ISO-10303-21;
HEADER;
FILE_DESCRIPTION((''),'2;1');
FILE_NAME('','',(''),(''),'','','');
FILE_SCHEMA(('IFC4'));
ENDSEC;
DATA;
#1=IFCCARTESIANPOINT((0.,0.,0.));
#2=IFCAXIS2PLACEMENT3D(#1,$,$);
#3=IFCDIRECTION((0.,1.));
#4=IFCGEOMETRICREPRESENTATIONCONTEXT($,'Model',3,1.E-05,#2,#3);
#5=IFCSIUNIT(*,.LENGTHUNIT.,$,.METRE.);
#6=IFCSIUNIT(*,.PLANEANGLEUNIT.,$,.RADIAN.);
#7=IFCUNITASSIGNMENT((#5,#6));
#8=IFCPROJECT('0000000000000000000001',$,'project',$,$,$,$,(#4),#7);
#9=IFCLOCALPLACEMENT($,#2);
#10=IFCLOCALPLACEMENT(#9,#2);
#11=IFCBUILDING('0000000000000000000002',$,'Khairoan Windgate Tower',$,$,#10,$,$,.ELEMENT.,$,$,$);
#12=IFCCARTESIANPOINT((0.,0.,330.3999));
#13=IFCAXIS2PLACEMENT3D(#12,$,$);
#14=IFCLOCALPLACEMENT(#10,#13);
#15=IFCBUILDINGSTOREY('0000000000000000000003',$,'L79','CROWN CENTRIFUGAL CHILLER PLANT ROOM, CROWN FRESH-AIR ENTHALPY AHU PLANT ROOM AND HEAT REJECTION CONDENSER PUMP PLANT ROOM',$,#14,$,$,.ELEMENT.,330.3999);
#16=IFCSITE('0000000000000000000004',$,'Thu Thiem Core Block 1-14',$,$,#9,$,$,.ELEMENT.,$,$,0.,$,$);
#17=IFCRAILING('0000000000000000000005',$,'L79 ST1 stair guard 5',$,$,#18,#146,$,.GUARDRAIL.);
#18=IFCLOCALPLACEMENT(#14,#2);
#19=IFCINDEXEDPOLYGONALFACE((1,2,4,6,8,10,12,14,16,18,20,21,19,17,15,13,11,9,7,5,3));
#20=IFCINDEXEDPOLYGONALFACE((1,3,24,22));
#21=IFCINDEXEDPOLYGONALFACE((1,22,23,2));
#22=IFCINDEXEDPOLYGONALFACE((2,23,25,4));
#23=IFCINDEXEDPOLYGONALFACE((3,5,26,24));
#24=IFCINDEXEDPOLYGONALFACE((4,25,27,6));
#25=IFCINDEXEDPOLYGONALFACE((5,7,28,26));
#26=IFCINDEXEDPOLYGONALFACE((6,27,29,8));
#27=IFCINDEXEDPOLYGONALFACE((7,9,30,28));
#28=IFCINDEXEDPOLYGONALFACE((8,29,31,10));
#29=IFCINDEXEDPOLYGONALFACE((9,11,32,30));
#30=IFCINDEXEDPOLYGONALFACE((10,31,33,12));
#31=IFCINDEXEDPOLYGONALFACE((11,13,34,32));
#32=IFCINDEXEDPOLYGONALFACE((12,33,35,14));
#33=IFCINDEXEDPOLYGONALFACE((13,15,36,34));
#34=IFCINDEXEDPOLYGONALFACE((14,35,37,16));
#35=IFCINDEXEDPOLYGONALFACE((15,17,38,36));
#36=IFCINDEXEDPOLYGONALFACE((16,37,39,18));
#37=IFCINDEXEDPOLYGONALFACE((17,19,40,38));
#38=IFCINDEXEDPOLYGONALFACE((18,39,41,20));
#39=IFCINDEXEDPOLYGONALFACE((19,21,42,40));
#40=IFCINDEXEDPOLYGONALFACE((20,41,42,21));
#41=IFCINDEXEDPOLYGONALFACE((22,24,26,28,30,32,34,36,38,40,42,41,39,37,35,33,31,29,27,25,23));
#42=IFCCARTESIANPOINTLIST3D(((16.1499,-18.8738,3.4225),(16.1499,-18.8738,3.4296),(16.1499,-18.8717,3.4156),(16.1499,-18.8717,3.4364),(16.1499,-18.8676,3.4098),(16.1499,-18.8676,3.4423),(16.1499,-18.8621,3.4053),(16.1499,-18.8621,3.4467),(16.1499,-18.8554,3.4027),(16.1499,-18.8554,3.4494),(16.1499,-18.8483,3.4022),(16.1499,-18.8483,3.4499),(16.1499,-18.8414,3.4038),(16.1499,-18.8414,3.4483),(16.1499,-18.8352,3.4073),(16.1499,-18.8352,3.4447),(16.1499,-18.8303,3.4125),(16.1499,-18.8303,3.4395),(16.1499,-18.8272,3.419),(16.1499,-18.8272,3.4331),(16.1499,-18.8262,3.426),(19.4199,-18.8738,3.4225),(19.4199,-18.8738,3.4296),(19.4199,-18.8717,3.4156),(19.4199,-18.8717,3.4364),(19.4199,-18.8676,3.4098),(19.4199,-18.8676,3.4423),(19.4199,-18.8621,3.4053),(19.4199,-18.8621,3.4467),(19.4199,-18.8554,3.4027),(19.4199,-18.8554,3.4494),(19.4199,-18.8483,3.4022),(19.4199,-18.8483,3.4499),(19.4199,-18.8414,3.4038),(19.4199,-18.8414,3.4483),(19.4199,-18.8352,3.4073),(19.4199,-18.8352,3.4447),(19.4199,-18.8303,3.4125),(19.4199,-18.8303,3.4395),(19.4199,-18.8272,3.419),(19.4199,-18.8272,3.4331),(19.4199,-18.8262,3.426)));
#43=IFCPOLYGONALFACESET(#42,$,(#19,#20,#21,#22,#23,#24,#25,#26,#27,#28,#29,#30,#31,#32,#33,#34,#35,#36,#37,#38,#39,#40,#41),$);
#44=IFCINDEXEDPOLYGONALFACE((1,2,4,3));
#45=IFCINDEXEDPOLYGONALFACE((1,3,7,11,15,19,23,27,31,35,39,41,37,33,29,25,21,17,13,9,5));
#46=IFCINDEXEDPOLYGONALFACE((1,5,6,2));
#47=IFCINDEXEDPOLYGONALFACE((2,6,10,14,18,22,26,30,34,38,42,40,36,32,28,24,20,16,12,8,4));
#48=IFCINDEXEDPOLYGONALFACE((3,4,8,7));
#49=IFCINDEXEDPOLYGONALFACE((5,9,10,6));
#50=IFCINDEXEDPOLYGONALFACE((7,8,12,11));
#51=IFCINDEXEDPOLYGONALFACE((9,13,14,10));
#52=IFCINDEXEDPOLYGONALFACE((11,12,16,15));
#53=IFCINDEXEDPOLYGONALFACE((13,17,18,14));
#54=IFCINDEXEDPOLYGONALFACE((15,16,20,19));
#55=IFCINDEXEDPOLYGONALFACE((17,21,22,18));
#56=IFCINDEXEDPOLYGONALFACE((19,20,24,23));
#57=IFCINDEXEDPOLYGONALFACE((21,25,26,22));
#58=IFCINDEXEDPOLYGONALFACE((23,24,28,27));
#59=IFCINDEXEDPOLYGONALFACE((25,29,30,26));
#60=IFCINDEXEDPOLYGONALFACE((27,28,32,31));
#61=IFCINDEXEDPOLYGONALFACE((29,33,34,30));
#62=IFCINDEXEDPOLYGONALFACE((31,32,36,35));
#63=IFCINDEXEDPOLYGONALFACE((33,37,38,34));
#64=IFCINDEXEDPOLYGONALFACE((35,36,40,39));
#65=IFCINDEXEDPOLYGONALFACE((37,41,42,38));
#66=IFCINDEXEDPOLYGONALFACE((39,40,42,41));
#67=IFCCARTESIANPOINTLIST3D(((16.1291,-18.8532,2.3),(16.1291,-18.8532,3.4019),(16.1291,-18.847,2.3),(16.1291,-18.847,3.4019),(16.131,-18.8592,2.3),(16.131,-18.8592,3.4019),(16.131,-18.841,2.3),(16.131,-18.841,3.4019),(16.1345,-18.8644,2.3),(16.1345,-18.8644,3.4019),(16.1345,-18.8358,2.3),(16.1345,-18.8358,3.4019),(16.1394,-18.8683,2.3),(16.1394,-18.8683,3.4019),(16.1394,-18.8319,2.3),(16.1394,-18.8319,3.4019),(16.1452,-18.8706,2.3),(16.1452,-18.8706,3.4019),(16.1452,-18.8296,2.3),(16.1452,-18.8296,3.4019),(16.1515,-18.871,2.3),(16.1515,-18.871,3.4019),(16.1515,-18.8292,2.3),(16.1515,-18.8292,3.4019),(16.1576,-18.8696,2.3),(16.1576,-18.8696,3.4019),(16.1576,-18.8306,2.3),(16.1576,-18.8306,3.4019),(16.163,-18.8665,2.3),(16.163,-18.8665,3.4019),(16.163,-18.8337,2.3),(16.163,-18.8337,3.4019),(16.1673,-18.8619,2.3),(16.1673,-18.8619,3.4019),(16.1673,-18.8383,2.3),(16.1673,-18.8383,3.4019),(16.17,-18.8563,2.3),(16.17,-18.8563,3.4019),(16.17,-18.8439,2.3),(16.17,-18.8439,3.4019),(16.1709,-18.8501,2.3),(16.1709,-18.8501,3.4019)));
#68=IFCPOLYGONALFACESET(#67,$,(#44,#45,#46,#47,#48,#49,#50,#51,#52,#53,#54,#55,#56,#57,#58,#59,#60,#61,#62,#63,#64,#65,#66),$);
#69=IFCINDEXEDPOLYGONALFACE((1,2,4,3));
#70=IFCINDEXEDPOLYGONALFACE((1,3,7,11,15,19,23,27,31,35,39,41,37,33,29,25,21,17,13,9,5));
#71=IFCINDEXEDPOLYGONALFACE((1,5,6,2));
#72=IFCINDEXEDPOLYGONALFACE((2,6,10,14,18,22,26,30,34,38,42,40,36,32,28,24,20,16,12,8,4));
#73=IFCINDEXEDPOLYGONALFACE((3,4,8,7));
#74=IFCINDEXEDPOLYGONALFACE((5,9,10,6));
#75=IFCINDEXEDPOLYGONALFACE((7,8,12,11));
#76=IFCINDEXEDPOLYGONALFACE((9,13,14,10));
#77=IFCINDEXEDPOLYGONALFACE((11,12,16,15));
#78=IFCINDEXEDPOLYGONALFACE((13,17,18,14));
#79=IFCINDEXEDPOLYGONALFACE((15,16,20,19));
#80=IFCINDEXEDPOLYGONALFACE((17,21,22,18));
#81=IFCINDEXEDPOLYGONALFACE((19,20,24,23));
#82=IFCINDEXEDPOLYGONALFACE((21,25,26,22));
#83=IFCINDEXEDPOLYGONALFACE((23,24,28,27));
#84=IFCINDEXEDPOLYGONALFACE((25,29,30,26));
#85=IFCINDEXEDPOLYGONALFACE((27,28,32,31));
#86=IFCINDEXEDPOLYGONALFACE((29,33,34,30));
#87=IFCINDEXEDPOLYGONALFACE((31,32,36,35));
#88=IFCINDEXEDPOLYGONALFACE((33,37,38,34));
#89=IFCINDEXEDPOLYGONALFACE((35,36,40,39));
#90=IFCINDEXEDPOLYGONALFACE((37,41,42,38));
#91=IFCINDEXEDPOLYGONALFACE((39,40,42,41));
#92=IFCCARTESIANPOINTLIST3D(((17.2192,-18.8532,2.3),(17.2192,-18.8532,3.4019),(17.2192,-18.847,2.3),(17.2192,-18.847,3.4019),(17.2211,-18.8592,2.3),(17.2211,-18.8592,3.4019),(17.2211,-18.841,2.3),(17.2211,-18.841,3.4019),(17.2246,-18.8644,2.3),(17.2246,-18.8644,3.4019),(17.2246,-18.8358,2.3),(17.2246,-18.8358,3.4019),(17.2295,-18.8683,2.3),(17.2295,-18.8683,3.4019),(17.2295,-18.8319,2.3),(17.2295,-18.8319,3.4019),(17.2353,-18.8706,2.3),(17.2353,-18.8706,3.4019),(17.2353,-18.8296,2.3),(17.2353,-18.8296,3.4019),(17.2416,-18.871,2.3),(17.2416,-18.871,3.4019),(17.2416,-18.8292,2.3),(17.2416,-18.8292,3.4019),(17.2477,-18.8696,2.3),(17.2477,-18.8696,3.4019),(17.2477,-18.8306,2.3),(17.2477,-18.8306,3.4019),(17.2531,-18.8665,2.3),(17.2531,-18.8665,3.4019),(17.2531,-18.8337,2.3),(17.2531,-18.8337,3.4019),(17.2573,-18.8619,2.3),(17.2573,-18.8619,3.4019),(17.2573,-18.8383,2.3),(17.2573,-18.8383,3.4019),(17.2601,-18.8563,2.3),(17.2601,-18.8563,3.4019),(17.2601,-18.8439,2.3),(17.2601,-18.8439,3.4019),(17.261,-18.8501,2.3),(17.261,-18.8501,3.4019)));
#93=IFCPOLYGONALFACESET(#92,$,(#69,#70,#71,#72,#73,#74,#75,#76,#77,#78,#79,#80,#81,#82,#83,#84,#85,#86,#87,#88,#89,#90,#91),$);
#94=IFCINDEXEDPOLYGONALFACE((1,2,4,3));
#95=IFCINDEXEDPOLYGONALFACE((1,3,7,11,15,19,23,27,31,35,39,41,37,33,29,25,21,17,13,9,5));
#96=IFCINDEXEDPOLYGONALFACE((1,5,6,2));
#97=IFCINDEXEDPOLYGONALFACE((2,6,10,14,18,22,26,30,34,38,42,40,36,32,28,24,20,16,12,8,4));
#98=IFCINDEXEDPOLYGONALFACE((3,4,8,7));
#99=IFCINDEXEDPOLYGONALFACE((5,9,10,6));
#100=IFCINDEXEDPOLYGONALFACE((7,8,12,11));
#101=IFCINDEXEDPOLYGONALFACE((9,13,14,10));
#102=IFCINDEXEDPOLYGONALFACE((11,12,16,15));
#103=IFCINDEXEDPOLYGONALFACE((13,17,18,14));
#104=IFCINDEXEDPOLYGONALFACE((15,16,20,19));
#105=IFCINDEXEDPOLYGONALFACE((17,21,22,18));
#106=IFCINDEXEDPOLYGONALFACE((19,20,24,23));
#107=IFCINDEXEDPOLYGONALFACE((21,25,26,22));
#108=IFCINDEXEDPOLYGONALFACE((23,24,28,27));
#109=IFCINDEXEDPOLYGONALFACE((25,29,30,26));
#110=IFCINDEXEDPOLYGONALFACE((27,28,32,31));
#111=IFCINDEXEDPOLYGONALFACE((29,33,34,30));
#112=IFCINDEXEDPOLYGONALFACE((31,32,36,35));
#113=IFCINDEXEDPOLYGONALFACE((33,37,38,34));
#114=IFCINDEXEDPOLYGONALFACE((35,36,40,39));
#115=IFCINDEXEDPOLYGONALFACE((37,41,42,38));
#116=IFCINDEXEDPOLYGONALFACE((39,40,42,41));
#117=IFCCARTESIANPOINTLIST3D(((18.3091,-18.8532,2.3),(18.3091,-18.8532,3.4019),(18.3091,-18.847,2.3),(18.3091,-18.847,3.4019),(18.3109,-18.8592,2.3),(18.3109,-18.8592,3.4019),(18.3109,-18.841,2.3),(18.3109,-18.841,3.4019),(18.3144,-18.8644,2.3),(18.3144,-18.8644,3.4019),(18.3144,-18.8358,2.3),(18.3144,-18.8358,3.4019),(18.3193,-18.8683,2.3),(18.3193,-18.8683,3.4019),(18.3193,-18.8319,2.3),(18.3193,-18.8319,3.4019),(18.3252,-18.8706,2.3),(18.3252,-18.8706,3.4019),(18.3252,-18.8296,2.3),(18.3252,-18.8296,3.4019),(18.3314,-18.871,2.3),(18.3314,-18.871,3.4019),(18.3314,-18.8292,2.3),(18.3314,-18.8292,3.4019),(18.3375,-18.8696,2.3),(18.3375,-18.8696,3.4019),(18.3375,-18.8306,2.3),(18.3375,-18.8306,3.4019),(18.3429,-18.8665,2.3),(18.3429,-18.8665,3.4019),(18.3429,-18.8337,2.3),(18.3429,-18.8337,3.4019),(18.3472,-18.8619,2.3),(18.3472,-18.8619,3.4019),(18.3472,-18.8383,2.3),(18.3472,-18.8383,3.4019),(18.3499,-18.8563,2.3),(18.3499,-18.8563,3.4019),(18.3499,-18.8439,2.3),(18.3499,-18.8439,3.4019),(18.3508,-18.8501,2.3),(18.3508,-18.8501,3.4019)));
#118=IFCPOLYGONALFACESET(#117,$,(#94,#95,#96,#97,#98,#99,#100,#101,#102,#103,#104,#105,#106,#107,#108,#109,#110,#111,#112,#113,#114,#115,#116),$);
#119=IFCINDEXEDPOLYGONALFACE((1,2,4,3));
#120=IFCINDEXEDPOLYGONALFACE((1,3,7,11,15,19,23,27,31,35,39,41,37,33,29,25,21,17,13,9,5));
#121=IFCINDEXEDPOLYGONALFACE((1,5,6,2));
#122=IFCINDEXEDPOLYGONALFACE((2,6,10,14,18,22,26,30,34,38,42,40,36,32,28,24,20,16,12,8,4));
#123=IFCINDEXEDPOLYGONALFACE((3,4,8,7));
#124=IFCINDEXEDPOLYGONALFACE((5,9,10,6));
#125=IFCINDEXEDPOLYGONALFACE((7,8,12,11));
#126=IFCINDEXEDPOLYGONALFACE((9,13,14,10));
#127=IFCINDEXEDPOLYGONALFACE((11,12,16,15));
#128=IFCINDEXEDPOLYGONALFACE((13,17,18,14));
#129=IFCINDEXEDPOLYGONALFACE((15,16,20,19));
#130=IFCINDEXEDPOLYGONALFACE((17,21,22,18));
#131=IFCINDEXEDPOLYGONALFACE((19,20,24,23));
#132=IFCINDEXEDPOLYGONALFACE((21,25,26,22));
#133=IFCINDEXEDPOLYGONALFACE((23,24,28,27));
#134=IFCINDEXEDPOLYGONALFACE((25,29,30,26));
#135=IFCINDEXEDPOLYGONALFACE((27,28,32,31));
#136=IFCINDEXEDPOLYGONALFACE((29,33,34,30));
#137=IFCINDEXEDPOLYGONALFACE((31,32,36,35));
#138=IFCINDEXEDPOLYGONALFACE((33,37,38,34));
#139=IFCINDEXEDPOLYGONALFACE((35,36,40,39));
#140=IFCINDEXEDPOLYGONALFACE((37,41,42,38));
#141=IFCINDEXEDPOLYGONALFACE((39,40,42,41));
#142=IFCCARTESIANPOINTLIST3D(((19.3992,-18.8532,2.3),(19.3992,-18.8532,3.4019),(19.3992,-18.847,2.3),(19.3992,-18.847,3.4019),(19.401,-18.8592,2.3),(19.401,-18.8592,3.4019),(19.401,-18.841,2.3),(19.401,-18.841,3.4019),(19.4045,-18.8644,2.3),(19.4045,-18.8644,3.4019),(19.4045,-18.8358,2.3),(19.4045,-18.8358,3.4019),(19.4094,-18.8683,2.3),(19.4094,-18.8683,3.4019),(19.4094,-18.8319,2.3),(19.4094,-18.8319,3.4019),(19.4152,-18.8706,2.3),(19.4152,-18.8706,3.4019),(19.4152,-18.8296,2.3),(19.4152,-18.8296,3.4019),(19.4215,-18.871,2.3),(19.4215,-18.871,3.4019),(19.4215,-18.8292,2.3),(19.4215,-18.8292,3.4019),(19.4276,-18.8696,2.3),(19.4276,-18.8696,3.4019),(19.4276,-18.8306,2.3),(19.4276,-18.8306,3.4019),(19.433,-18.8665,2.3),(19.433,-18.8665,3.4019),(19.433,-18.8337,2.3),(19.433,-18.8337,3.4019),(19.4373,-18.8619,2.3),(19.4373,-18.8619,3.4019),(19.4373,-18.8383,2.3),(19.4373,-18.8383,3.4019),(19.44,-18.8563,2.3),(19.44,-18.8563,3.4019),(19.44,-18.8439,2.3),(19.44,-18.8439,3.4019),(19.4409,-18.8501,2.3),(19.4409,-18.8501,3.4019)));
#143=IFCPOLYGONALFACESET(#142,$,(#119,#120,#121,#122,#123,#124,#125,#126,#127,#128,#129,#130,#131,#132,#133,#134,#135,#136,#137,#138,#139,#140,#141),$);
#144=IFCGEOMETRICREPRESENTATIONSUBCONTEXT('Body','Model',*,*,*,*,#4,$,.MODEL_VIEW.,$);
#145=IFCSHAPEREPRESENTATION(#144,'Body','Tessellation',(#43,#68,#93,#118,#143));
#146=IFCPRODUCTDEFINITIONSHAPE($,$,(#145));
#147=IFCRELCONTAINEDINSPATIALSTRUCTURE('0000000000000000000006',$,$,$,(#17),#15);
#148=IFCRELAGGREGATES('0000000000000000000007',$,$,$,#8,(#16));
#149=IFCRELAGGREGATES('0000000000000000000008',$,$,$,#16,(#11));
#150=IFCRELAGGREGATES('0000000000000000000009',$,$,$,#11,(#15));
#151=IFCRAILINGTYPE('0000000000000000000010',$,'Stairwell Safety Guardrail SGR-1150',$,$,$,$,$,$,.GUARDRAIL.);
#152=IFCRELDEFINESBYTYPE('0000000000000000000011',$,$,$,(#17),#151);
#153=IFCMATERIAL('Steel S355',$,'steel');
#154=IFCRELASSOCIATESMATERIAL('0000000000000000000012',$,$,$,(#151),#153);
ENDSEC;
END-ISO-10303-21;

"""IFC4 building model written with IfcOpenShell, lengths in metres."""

from ifc_helpers import new_model, si_unit, direction, frame, origin, origin_2d, place, context, subcontext, project, spatial, circle, extrude, material, type_object, element, save


model = new_model("IFC4")

# Units and contexts
model_context = context("Model", 3, precision=1e-05, world=origin(), true_north=direction((0.0, 1.0)))
body_context = subcontext(model_context, "Body", "Model", "MODEL_VIEW")
ifc_project = project(units=[si_unit("LENGTHUNIT", "METRE"), si_unit("PLANEANGLEUNIT", "RADIAN")], contexts=[model_context])

# Site, building, storey
site_placement = place(None, origin())
site = spatial("IfcSite", under=ifc_project, at=site_placement, Name="Thu Thiem Core Block 1-14", CompositionType="ELEMENT", RefElevation=0.0)
building_placement = place(site_placement, origin())
building = spatial("IfcBuilding", under=site, at=building_placement, Name="Khairoan Windgate Tower", CompositionType="ELEMENT")
storey_placement = place(building_placement, frame((0.0, 0.0, 330.3999)))
storey = spatial("IfcBuildingStorey", under=building, at=storey_placement, Name="L79", Description="CROWN CENTRIFUGAL CHILLER PLANT ROOM, CROWN FRESH-AIR ENTHALPY AHU PLANT ROOM AND HEAT REJECTION CONDENSER PUMP PLANT ROOM", CompositionType="ELEMENT", Elevation=330.3999)

# Railing
ifc_material_1 = material(Name="Steel S355", Category="steel")
railing_type_1 = type_object("IfcRailingType", Name="Stairwell Safety Guardrail SGR-1150", PredefinedType="GUARDRAIL", material=ifc_material_1)
railing_1_placement = place(storey_placement, frame((16.1499, -18.8501, 2.3)))
element("IfcRailing", 1, at=railing_1_placement, inside=storey, type_object=railing_type_1, Name="L79 ST1 stair guard 5", PredefinedType="GUARDRAIL", context=body_context, shape_type="SweptSolid", body=[
    extrude(circle(Radius=0.0239, at=origin_2d()), frame((0.0, 0.0, 1.126), z_axis=(1.0, 0.0, 0.0), x_axis=(0.0, 1.0, 0.0)), (0.0, 0.0, 1.0), 3.27),
    extrude(circle(Radius=0.021, at=origin_2d()), origin(), (0.0, 0.0, 1.0), 1.1018),
    extrude(circle(Radius=0.021, at=origin_2d()), frame((1.0901, 0.0, 0.0)), (0.0, 0.0, 1.0), 1.1018),
    extrude(circle(Radius=0.021, at=origin_2d()), frame((2.1799, 0.0, 0.0)), (0.0, 0.0, 1.0), 1.1018),
    extrude(circle(Radius=0.021, at=origin_2d()), frame((3.27, 0.0, 0.0)), (0.0, 0.0, 1.0), 1.1018),
])

save(model, "model.ifc")
